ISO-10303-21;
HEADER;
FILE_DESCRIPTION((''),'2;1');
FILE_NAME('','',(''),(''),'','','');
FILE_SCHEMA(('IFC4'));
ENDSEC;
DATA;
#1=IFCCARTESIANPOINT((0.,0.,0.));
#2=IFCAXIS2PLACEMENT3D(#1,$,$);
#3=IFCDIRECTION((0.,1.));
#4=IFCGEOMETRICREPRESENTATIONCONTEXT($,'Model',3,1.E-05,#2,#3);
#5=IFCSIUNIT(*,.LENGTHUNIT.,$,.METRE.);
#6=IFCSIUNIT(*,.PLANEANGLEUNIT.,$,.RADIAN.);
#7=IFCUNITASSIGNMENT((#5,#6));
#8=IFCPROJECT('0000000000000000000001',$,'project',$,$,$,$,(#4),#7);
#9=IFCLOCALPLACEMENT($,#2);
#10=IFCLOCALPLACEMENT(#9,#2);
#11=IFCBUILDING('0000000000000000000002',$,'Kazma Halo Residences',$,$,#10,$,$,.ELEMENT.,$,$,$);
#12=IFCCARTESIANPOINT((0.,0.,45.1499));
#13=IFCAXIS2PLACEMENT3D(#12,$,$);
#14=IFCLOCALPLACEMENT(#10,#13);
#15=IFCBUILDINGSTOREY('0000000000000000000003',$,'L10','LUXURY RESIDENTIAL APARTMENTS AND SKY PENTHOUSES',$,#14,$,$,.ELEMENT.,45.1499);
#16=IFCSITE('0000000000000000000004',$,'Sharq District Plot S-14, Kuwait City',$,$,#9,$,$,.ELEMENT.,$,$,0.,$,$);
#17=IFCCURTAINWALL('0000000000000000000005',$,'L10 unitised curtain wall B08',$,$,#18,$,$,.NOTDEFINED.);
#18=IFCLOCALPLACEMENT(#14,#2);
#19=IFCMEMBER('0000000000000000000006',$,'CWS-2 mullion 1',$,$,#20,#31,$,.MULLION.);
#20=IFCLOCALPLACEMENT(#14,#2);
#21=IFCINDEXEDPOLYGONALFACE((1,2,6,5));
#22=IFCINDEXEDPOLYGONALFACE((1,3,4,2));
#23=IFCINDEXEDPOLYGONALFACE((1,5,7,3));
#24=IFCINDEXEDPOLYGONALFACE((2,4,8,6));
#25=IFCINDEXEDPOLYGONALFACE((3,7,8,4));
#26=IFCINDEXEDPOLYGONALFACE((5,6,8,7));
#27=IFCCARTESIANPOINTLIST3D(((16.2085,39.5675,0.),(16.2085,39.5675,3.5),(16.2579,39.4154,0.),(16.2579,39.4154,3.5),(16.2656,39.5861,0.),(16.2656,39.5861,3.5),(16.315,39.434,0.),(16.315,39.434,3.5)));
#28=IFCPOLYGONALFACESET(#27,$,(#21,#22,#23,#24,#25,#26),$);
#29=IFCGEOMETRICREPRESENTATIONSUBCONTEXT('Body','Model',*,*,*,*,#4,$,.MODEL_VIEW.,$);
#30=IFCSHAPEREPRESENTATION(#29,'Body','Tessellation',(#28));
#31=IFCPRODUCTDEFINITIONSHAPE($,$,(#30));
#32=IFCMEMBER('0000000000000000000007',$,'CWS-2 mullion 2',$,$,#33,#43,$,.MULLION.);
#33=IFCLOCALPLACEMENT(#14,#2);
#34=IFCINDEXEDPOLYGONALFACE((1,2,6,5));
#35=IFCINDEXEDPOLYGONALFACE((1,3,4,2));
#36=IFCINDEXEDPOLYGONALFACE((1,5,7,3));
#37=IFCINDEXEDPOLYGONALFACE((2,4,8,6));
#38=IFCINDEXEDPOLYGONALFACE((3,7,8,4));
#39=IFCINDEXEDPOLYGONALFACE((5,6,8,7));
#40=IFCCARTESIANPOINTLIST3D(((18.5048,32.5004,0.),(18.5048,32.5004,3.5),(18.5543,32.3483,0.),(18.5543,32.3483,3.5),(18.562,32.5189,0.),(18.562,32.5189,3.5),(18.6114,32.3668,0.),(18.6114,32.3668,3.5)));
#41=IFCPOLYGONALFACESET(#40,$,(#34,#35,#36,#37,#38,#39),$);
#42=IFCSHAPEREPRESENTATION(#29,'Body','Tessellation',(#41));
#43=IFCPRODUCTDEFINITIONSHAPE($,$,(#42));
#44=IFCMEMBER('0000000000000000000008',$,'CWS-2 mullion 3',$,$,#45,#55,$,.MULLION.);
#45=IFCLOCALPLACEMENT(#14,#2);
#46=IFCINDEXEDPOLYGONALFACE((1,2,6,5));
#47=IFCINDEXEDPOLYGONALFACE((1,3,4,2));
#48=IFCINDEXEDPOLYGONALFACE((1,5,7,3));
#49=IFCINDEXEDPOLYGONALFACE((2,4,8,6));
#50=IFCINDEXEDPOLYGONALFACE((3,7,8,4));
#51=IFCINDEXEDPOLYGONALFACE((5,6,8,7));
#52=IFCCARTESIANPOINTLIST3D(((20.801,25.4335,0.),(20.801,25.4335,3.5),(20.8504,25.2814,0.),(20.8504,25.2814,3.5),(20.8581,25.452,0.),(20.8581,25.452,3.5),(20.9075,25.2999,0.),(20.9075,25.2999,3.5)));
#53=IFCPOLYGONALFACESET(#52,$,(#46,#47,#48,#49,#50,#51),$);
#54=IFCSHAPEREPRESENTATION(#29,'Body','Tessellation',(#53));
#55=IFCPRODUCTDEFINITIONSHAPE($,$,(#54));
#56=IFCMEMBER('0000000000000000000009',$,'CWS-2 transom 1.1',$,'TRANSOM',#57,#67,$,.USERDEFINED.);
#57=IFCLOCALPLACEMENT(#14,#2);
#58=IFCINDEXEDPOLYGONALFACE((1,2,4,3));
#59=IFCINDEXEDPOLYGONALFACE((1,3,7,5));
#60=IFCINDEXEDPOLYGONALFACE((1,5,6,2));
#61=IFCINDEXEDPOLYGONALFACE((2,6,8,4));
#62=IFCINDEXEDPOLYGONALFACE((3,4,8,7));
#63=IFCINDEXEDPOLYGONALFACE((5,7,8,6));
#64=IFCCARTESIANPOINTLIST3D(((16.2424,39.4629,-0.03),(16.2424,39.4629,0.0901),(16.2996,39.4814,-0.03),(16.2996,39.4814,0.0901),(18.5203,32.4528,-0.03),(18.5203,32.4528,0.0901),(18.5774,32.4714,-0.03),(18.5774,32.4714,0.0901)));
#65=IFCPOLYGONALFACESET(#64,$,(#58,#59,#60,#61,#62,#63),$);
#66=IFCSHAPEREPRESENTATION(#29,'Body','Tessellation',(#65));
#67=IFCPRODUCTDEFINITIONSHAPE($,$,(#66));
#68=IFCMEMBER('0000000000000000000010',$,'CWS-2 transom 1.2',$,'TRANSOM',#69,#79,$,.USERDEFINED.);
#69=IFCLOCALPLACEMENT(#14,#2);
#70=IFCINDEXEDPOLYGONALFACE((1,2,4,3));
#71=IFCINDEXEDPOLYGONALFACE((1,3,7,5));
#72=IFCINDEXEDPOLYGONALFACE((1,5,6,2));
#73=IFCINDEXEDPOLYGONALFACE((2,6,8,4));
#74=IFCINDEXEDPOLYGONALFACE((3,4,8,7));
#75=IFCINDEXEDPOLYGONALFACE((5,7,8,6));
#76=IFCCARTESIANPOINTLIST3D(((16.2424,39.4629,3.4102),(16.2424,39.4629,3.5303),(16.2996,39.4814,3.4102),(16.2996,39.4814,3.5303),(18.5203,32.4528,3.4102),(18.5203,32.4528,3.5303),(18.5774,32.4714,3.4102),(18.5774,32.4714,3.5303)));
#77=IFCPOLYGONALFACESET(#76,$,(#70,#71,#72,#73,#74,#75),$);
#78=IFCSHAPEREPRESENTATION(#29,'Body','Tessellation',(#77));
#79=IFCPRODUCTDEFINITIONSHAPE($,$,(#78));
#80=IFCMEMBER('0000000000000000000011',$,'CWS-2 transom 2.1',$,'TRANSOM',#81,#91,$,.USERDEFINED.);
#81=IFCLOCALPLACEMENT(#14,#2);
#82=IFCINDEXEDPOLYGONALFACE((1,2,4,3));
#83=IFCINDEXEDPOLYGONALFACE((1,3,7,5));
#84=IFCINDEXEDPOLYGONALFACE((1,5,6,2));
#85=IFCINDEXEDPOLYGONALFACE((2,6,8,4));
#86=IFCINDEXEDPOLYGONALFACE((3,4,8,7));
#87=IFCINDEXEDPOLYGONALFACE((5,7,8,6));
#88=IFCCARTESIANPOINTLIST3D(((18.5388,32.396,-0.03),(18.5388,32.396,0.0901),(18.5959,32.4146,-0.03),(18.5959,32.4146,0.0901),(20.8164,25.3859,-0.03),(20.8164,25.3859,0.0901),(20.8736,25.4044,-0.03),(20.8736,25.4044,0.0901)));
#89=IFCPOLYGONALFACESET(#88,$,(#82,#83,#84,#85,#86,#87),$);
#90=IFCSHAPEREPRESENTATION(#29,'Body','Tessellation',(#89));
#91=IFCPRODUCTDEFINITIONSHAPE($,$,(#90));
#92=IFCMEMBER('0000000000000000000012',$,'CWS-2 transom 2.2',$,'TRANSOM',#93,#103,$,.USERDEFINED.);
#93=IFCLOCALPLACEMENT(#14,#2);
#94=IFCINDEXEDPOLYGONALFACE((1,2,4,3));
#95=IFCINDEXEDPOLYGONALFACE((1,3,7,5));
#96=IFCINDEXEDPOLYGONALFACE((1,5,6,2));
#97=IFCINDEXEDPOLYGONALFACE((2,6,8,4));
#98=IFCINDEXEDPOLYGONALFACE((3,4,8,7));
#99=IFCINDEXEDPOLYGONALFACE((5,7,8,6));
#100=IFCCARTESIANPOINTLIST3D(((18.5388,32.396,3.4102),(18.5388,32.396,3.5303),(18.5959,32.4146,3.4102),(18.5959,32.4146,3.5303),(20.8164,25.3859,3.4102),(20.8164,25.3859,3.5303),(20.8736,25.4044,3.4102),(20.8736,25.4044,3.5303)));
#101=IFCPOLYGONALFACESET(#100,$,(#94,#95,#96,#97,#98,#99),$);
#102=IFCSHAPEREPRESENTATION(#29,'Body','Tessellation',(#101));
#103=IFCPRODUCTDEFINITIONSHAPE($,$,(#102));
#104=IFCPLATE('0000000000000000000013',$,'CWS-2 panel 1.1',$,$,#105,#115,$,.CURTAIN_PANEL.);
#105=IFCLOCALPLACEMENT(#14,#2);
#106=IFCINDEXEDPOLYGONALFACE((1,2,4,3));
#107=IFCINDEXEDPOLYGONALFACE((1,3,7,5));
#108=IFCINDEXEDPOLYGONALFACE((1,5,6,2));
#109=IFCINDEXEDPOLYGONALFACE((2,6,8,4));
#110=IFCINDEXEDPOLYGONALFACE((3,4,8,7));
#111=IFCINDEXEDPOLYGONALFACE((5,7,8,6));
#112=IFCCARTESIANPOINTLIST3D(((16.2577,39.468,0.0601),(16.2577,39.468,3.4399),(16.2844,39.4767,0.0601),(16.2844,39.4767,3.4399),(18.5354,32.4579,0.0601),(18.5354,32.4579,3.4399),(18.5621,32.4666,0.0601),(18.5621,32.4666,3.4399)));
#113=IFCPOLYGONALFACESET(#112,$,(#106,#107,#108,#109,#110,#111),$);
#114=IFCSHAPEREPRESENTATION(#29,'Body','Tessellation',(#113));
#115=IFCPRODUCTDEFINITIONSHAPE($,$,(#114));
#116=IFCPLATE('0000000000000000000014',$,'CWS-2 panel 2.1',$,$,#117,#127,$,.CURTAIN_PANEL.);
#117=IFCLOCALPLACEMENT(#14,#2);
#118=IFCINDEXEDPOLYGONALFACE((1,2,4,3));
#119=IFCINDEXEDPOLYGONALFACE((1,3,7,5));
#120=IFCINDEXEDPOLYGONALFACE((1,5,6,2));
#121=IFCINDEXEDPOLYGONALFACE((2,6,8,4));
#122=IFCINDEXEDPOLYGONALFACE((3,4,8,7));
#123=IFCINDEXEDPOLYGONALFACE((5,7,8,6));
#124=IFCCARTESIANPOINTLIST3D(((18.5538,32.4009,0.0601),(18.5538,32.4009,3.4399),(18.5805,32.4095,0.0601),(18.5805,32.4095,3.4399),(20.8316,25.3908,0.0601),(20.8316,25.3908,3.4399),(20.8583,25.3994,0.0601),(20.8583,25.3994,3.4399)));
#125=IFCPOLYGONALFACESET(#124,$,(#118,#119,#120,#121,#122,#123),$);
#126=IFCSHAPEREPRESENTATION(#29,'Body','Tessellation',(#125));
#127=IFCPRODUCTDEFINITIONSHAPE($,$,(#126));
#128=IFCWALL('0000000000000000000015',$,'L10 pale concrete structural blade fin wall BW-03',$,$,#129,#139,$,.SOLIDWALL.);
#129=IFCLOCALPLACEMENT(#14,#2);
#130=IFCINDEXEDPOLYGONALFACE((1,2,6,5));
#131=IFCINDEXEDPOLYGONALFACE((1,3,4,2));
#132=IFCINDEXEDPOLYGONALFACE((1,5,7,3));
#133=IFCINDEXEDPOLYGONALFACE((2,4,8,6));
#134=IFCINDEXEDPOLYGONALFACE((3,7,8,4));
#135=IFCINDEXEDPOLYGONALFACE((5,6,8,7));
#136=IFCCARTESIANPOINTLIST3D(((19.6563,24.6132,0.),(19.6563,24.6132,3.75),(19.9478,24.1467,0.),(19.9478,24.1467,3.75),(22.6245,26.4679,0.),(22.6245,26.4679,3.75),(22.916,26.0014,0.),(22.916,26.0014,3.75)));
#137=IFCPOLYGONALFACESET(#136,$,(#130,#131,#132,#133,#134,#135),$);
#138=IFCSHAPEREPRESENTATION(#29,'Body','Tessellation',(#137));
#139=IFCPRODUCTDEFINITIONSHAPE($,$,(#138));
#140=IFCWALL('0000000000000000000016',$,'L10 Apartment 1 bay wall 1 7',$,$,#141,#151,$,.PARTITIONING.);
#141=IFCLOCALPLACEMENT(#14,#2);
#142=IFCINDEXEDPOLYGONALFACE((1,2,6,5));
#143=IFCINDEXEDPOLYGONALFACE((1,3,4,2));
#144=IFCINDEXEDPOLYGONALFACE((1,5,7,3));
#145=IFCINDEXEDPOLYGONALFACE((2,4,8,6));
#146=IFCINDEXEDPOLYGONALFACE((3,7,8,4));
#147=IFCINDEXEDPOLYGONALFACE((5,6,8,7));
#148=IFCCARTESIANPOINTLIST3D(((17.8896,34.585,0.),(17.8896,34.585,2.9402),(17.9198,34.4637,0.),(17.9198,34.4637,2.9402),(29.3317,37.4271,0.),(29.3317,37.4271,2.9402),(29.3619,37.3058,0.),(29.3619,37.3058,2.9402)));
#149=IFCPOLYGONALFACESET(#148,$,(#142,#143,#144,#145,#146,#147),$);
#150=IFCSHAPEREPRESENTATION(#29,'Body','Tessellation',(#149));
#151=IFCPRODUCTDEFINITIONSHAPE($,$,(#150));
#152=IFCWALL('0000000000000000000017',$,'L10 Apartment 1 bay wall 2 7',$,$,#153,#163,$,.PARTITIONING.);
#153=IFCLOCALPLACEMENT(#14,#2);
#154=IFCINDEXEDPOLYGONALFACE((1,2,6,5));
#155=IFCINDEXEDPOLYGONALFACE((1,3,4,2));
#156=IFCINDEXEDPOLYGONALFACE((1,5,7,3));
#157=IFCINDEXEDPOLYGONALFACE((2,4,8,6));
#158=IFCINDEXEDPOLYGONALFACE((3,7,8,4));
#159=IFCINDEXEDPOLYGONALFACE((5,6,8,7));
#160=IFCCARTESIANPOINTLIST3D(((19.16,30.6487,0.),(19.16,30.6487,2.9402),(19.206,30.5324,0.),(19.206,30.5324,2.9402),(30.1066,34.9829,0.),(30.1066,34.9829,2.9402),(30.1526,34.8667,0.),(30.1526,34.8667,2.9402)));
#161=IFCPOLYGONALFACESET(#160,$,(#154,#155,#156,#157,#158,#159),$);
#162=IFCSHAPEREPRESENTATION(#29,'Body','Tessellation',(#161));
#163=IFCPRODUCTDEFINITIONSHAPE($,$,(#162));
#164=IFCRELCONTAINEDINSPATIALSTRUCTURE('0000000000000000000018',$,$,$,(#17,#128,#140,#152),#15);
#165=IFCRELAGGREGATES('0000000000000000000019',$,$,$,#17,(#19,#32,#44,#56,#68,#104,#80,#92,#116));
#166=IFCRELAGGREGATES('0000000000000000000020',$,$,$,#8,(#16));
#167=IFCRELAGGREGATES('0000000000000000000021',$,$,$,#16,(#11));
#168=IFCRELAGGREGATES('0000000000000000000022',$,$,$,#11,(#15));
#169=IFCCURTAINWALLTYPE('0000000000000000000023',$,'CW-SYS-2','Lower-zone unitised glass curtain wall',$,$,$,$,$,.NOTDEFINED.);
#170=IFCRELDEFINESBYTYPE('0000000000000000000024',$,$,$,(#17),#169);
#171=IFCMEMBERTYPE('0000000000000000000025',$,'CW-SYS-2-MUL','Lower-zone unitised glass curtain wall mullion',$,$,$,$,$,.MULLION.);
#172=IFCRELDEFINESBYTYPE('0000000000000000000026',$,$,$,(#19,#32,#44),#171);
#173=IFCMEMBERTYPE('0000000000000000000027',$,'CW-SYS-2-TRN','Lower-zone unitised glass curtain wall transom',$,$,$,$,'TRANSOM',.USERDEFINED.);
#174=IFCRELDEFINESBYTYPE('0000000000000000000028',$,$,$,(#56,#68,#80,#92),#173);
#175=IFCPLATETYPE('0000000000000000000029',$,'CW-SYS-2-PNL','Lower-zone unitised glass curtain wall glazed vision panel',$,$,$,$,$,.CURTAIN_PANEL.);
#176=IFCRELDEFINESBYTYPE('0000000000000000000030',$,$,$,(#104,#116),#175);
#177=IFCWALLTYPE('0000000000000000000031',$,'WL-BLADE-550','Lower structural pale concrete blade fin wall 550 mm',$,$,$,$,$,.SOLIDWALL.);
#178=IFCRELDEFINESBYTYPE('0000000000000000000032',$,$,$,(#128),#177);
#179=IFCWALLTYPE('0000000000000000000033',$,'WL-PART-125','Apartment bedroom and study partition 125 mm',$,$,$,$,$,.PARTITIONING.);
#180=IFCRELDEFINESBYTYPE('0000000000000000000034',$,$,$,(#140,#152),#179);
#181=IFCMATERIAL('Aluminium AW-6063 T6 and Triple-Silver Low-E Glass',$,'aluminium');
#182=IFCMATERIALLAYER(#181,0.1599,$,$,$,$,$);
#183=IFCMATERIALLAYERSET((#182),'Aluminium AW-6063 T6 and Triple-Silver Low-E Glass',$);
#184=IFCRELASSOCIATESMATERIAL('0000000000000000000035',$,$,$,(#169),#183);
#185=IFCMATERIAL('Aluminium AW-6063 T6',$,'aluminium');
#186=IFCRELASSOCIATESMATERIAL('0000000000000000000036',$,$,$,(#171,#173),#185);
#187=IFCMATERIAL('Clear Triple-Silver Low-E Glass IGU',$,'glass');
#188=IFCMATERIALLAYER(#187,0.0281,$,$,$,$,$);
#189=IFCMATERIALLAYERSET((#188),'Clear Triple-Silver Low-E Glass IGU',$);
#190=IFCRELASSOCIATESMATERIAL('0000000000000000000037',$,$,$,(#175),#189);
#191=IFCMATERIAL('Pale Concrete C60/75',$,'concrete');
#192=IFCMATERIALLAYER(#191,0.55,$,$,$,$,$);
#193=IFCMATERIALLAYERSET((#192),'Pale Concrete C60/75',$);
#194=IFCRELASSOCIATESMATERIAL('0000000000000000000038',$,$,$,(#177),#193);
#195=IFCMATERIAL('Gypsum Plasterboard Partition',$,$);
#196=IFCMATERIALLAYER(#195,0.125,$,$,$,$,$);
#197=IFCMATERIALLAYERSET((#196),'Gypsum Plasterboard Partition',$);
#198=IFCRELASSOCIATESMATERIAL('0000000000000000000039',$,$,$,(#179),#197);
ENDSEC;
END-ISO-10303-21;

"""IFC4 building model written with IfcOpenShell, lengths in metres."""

from ifc_helpers import new_model, si_unit, direction, frame, frame_2d, origin, origin_2d, place, context, subcontext, project, spatial, rectangle, extrude, material, layer, layer_set, material_profile, profile_set, type_object, element, aggregate, save


model = new_model("IFC4")

# Units and contexts
model_context = context("Model", 3, precision=1e-05, world=origin(), true_north=direction((0.0, 1.0)))
body_context = subcontext(model_context, "Body", "Model", "MODEL_VIEW")
ifc_project = project(units=[si_unit("LENGTHUNIT", "METRE"), si_unit("PLANEANGLEUNIT", "RADIAN")], contexts=[model_context])

# Site, building, storey
site_placement = place(None, origin())
site = spatial("IfcSite", under=ifc_project, at=site_placement, Name="Sharq District Plot S-14, Kuwait City", CompositionType="ELEMENT", RefElevation=0.0)
building_placement = place(site_placement, origin())
building = spatial("IfcBuilding", under=site, at=building_placement, Name="Kazma Halo Residences", CompositionType="ELEMENT")
storey_placement = place(building_placement, frame((0.0, 0.0, 45.1499)))
storey = spatial("IfcBuildingStorey", under=building, at=storey_placement, Name="L10", Description="LUXURY RESIDENTIAL APARTMENTS AND SKY PENTHOUSES", CompositionType="ELEMENT", Elevation=45.1499)

# Curtain wall, members, plates
ifc_material_1 = material(Name="Aluminium AW-6063 T6 and Triple-Silver Low-E Glass", Category="aluminium")
ifc_layer_1 = layer(ifc_material_1, 0.1599)
ifc_layer_set_1 = layer_set([ifc_layer_1], Name="Aluminium AW-6063 T6 and Triple-Silver Low-E Glass")
curtain_wall_type = type_object("IfcCurtainWallType", Name="CW-SYS-2", Description="Lower-zone unitised glass curtain wall", PredefinedType="NOTDEFINED", material=ifc_layer_set_1)
curtain_wall_placement = place(storey_placement, origin())
curtain_wall = element("IfcCurtainWall", 1, at=curtain_wall_placement, inside=storey, type_object=curtain_wall_type, Name="L10 unitised curtain wall B08", PredefinedType="NOTDEFINED")
ifc_material_2 = material(Name="Aluminium AW-6063 T6", Category="aluminium")
ifc_material_profile_1 = material_profile(ifc_material_2, rectangle(XDim=0.0601, YDim=0.1599, at=origin_2d()), Name="CWM-60x160")
ifc_profile_set_1 = profile_set([ifc_material_profile_1], Name="Aluminium AW-6063 T6")
member_type_1 = type_object("IfcMemberType", Name="CW-SYS-2-MUL", Description="Lower-zone unitised glass curtain wall mullion", PredefinedType="MULLION", material=ifc_profile_set_1)
member_1_placement = place(storey_placement, frame((16.2617, 39.5007, 0.0), z_axis=(0.0, 0.0, 1.0), x_axis=(0.951057, 0.309017, 0.0)))
member_1 = element("IfcMember", 2, at=member_1_placement, type_object=member_type_1, Name="CWS-2 mullion 1", PredefinedType="MULLION", context=body_context, shape_type="SweptSolid", body=[
    extrude(rectangle(XDim=0.0601, YDim=0.1599, at=origin_2d()), origin(), (0.0, 0.0, 1.0), 3.5),
])
member_2_placement = place(storey_placement, frame((18.5581, 32.4336, 0.0), z_axis=(0.0, 0.0, 1.0), x_axis=(0.951057, 0.309017, 0.0)))
member_2 = element("IfcMember", 3, at=member_2_placement, type_object=member_type_1, Name="CWS-2 mullion 2", PredefinedType="MULLION", context=body_context, shape_type="SweptSolid", body=[
    extrude(rectangle(XDim=0.0601, YDim=0.1599, at=origin_2d()), origin(), (0.0, 0.0, 1.0), 3.5),
])
member_3_placement = place(storey_placement, frame((20.8542, 25.3667, 0.0), z_axis=(0.0, 0.0, 1.0), x_axis=(0.951057, 0.309017, 0.0)))
member_3 = element("IfcMember", 4, at=member_3_placement, type_object=member_type_1, Name="CWS-2 mullion 3", PredefinedType="MULLION", context=body_context, shape_type="SweptSolid", body=[
    extrude(rectangle(XDim=0.0601, YDim=0.1599, at=origin_2d()), origin(), (0.0, 0.0, 1.0), 3.5),
])
ifc_material_profile_2 = material_profile(ifc_material_2, rectangle(XDim=0.0601, YDim=0.1201, at=origin_2d()), Name="CWT-60x120")
ifc_profile_set_2 = profile_set([ifc_material_profile_2], Name="Aluminium AW-6063 T6")
member_type_2 = type_object("IfcMemberType", Name="CW-SYS-2-TRN", Description="Lower-zone unitised glass curtain wall transom", ElementType="TRANSOM", PredefinedType="USERDEFINED", material=ifc_profile_set_2)
member_4_placement = place(storey_placement, frame((16.271, 39.4722, 0.03), z_axis=(0.309034, -0.951051, 0.0), x_axis=(0.951051, 0.309034, 0.0)))
member_4 = element("IfcMember", 5, at=member_4_placement, type_object=member_type_2, Name="CWS-2 transom 1.1", ObjectType="TRANSOM", PredefinedType="USERDEFINED", context=body_context, shape_type="SweptSolid", body=[
    extrude(rectangle(XDim=0.0601, YDim=0.1201, at=origin_2d()), origin(), (0.0, 0.0, 1.0), 7.3708),
])
member_5_placement = place(storey_placement, frame((16.271, 39.4722, 3.4702), z_axis=(0.309034, -0.951051, 0.0), x_axis=(0.951051, 0.309034, 0.0)))
member_5 = element("IfcMember", 6, at=member_5_placement, type_object=member_type_2, Name="CWS-2 transom 1.2", ObjectType="TRANSOM", PredefinedType="USERDEFINED", context=body_context, shape_type="SweptSolid", body=[
    extrude(rectangle(XDim=0.0601, YDim=0.1201, at=origin_2d()), origin(), (0.0, 0.0, 1.0), 7.3708),
])
member_6_placement = place(storey_placement, frame((18.5674, 32.4053, 0.03), z_axis=(0.309004, -0.951061, 0.0), x_axis=(0.951061, 0.309004, 0.0)))
member_6 = element("IfcMember", 7, at=member_6_placement, type_object=member_type_2, Name="CWS-2 transom 2.1", ObjectType="TRANSOM", PredefinedType="USERDEFINED", context=body_context, shape_type="SweptSolid", body=[
    extrude(rectangle(XDim=0.0601, YDim=0.1201, at=origin_2d()), origin(), (0.0, 0.0, 1.0), 7.3708),
])
member_7_placement = place(storey_placement, frame((18.5674, 32.4053, 3.4702), z_axis=(0.309004, -0.951061, 0.0), x_axis=(0.951061, 0.309004, 0.0)))
member_7 = element("IfcMember", 8, at=member_7_placement, type_object=member_type_2, Name="CWS-2 transom 2.2", ObjectType="TRANSOM", PredefinedType="USERDEFINED", context=body_context, shape_type="SweptSolid", body=[
    extrude(rectangle(XDim=0.0601, YDim=0.1201, at=origin_2d()), origin(), (0.0, 0.0, 1.0), 7.3708),
])
ifc_material_3 = material(Name="Clear Triple-Silver Low-E Glass IGU", Category="glass")
ifc_layer_2 = layer(ifc_material_3, 0.0281)
ifc_layer_set_2 = layer_set([ifc_layer_2], Name="Clear Triple-Silver Low-E Glass IGU")
plate_type = type_object("IfcPlateType", Name="CW-SYS-2-PNL", Description="Lower-zone unitised glass curtain wall glazed vision panel", PredefinedType="CURTAIN_PANEL", material=ifc_layer_set_2)
plate_1_placement = place(storey_placement, frame((17.4099, 35.9673, 0.0601), z_axis=(0.0, 0.0, 1.0), x_axis=(0.309017, -0.951057, 0.0)))
plate_1 = element("IfcPlate", 9, at=plate_1_placement, type_object=plate_type, Name="CWS-2 panel 1.1", PredefinedType="CURTAIN_PANEL", context=body_context, shape_type="SweptSolid", body=[
    extrude(rectangle(XDim=7.3708, YDim=0.0281, at=origin_2d()), origin(), (0.0, 0.0, 1.0), 3.3799),
])
plate_2_placement = place(storey_placement, frame((19.7061, 28.9001, 0.0601), z_axis=(0.0, 0.0, 1.0), x_axis=(0.309017, -0.951057, 0.0)))
plate_2 = element("IfcPlate", 10, at=plate_2_placement, type_object=plate_type, Name="CWS-2 panel 2.1", PredefinedType="CURTAIN_PANEL", context=body_context, shape_type="SweptSolid", body=[
    extrude(rectangle(XDim=7.3708, YDim=0.0281, at=origin_2d()), origin(), (0.0, 0.0, 1.0), 3.3799),
])
aggregate(curtain_wall, [member_1, member_2, member_3, member_4, member_5, plate_1, member_6, member_7, plate_2])

# Walls
ifc_material_4 = material(Name="Pale Concrete C60/75", Category="concrete")
ifc_layer_3 = layer(ifc_material_4, 0.55)
ifc_layer_set_3 = layer_set([ifc_layer_3], Name="Pale Concrete C60/75")
wall_type_1 = type_object("IfcWallType", Name="WL-BLADE-550", Description="Lower structural pale concrete blade fin wall 550 mm", PredefinedType="SOLIDWALL", material=ifc_layer_set_3)
wall_1_placement = place(storey_placement, frame((22.7703, 26.2346, 0.0), z_axis=(0.0, 0.0, 1.0), x_axis=(-0.848053, -0.529911, 0.0)))
element("IfcWall", 11, at=wall_1_placement, inside=storey, type_object=wall_type_1, Name="L10 pale concrete structural blade fin wall BW-03", PredefinedType="SOLIDWALL", context=body_context, shape_type="SweptSolid", body=[
    extrude(rectangle(XDim=3.5, YDim=0.55, at=frame_2d((1.75, 0.0))), origin(), (0.0, 0.0, 1.0), 3.75),
])
ifc_material_5 = material(Name="Gypsum Plasterboard Partition")
ifc_layer_4 = layer(ifc_material_5, 0.125)
ifc_layer_set_4 = layer_set([ifc_layer_4], Name="Gypsum Plasterboard Partition")
wall_type_2 = type_object("IfcWallType", Name="WL-PART-125", Description="Apartment bedroom and study partition 125 mm", PredefinedType="PARTITIONING", material=ifc_layer_set_4)
wall_2_placement = place(storey_placement, frame((29.3469, 37.3665, 0.0), z_axis=(0.0, 0.0, 1.0), x_axis=(-0.97051, -0.241059, 0.0)))
element("IfcWall", 12, at=wall_2_placement, inside=storey, type_object=wall_type_2, Name="L10 Apartment 1 bay wall 1 7", PredefinedType="PARTITIONING", context=body_context, shape_type="SweptSolid", body=[
    extrude(rectangle(XDim=11.7898, YDim=0.125, at=frame_2d((5.895, 0.0))), origin(), (0.0, 0.0, 1.0), 2.9402),
])
wall_3_placement = place(storey_placement, frame((30.1296, 34.9248, 0.0), z_axis=(0.0, 0.0, 1.0), x_axis=(-0.929771, -0.368138, 0.0)))
element("IfcWall", 13, at=wall_3_placement, inside=storey, type_object=wall_type_2, Name="L10 Apartment 1 bay wall 2 7", PredefinedType="PARTITIONING", context=body_context, shape_type="SweptSolid", body=[
    extrude(rectangle(XDim=11.7734, YDim=0.125, at=frame_2d((5.8867, 0.0))), origin(), (0.0, 0.0, 1.0), 2.9402),
])

save(model, "model.ifc")
